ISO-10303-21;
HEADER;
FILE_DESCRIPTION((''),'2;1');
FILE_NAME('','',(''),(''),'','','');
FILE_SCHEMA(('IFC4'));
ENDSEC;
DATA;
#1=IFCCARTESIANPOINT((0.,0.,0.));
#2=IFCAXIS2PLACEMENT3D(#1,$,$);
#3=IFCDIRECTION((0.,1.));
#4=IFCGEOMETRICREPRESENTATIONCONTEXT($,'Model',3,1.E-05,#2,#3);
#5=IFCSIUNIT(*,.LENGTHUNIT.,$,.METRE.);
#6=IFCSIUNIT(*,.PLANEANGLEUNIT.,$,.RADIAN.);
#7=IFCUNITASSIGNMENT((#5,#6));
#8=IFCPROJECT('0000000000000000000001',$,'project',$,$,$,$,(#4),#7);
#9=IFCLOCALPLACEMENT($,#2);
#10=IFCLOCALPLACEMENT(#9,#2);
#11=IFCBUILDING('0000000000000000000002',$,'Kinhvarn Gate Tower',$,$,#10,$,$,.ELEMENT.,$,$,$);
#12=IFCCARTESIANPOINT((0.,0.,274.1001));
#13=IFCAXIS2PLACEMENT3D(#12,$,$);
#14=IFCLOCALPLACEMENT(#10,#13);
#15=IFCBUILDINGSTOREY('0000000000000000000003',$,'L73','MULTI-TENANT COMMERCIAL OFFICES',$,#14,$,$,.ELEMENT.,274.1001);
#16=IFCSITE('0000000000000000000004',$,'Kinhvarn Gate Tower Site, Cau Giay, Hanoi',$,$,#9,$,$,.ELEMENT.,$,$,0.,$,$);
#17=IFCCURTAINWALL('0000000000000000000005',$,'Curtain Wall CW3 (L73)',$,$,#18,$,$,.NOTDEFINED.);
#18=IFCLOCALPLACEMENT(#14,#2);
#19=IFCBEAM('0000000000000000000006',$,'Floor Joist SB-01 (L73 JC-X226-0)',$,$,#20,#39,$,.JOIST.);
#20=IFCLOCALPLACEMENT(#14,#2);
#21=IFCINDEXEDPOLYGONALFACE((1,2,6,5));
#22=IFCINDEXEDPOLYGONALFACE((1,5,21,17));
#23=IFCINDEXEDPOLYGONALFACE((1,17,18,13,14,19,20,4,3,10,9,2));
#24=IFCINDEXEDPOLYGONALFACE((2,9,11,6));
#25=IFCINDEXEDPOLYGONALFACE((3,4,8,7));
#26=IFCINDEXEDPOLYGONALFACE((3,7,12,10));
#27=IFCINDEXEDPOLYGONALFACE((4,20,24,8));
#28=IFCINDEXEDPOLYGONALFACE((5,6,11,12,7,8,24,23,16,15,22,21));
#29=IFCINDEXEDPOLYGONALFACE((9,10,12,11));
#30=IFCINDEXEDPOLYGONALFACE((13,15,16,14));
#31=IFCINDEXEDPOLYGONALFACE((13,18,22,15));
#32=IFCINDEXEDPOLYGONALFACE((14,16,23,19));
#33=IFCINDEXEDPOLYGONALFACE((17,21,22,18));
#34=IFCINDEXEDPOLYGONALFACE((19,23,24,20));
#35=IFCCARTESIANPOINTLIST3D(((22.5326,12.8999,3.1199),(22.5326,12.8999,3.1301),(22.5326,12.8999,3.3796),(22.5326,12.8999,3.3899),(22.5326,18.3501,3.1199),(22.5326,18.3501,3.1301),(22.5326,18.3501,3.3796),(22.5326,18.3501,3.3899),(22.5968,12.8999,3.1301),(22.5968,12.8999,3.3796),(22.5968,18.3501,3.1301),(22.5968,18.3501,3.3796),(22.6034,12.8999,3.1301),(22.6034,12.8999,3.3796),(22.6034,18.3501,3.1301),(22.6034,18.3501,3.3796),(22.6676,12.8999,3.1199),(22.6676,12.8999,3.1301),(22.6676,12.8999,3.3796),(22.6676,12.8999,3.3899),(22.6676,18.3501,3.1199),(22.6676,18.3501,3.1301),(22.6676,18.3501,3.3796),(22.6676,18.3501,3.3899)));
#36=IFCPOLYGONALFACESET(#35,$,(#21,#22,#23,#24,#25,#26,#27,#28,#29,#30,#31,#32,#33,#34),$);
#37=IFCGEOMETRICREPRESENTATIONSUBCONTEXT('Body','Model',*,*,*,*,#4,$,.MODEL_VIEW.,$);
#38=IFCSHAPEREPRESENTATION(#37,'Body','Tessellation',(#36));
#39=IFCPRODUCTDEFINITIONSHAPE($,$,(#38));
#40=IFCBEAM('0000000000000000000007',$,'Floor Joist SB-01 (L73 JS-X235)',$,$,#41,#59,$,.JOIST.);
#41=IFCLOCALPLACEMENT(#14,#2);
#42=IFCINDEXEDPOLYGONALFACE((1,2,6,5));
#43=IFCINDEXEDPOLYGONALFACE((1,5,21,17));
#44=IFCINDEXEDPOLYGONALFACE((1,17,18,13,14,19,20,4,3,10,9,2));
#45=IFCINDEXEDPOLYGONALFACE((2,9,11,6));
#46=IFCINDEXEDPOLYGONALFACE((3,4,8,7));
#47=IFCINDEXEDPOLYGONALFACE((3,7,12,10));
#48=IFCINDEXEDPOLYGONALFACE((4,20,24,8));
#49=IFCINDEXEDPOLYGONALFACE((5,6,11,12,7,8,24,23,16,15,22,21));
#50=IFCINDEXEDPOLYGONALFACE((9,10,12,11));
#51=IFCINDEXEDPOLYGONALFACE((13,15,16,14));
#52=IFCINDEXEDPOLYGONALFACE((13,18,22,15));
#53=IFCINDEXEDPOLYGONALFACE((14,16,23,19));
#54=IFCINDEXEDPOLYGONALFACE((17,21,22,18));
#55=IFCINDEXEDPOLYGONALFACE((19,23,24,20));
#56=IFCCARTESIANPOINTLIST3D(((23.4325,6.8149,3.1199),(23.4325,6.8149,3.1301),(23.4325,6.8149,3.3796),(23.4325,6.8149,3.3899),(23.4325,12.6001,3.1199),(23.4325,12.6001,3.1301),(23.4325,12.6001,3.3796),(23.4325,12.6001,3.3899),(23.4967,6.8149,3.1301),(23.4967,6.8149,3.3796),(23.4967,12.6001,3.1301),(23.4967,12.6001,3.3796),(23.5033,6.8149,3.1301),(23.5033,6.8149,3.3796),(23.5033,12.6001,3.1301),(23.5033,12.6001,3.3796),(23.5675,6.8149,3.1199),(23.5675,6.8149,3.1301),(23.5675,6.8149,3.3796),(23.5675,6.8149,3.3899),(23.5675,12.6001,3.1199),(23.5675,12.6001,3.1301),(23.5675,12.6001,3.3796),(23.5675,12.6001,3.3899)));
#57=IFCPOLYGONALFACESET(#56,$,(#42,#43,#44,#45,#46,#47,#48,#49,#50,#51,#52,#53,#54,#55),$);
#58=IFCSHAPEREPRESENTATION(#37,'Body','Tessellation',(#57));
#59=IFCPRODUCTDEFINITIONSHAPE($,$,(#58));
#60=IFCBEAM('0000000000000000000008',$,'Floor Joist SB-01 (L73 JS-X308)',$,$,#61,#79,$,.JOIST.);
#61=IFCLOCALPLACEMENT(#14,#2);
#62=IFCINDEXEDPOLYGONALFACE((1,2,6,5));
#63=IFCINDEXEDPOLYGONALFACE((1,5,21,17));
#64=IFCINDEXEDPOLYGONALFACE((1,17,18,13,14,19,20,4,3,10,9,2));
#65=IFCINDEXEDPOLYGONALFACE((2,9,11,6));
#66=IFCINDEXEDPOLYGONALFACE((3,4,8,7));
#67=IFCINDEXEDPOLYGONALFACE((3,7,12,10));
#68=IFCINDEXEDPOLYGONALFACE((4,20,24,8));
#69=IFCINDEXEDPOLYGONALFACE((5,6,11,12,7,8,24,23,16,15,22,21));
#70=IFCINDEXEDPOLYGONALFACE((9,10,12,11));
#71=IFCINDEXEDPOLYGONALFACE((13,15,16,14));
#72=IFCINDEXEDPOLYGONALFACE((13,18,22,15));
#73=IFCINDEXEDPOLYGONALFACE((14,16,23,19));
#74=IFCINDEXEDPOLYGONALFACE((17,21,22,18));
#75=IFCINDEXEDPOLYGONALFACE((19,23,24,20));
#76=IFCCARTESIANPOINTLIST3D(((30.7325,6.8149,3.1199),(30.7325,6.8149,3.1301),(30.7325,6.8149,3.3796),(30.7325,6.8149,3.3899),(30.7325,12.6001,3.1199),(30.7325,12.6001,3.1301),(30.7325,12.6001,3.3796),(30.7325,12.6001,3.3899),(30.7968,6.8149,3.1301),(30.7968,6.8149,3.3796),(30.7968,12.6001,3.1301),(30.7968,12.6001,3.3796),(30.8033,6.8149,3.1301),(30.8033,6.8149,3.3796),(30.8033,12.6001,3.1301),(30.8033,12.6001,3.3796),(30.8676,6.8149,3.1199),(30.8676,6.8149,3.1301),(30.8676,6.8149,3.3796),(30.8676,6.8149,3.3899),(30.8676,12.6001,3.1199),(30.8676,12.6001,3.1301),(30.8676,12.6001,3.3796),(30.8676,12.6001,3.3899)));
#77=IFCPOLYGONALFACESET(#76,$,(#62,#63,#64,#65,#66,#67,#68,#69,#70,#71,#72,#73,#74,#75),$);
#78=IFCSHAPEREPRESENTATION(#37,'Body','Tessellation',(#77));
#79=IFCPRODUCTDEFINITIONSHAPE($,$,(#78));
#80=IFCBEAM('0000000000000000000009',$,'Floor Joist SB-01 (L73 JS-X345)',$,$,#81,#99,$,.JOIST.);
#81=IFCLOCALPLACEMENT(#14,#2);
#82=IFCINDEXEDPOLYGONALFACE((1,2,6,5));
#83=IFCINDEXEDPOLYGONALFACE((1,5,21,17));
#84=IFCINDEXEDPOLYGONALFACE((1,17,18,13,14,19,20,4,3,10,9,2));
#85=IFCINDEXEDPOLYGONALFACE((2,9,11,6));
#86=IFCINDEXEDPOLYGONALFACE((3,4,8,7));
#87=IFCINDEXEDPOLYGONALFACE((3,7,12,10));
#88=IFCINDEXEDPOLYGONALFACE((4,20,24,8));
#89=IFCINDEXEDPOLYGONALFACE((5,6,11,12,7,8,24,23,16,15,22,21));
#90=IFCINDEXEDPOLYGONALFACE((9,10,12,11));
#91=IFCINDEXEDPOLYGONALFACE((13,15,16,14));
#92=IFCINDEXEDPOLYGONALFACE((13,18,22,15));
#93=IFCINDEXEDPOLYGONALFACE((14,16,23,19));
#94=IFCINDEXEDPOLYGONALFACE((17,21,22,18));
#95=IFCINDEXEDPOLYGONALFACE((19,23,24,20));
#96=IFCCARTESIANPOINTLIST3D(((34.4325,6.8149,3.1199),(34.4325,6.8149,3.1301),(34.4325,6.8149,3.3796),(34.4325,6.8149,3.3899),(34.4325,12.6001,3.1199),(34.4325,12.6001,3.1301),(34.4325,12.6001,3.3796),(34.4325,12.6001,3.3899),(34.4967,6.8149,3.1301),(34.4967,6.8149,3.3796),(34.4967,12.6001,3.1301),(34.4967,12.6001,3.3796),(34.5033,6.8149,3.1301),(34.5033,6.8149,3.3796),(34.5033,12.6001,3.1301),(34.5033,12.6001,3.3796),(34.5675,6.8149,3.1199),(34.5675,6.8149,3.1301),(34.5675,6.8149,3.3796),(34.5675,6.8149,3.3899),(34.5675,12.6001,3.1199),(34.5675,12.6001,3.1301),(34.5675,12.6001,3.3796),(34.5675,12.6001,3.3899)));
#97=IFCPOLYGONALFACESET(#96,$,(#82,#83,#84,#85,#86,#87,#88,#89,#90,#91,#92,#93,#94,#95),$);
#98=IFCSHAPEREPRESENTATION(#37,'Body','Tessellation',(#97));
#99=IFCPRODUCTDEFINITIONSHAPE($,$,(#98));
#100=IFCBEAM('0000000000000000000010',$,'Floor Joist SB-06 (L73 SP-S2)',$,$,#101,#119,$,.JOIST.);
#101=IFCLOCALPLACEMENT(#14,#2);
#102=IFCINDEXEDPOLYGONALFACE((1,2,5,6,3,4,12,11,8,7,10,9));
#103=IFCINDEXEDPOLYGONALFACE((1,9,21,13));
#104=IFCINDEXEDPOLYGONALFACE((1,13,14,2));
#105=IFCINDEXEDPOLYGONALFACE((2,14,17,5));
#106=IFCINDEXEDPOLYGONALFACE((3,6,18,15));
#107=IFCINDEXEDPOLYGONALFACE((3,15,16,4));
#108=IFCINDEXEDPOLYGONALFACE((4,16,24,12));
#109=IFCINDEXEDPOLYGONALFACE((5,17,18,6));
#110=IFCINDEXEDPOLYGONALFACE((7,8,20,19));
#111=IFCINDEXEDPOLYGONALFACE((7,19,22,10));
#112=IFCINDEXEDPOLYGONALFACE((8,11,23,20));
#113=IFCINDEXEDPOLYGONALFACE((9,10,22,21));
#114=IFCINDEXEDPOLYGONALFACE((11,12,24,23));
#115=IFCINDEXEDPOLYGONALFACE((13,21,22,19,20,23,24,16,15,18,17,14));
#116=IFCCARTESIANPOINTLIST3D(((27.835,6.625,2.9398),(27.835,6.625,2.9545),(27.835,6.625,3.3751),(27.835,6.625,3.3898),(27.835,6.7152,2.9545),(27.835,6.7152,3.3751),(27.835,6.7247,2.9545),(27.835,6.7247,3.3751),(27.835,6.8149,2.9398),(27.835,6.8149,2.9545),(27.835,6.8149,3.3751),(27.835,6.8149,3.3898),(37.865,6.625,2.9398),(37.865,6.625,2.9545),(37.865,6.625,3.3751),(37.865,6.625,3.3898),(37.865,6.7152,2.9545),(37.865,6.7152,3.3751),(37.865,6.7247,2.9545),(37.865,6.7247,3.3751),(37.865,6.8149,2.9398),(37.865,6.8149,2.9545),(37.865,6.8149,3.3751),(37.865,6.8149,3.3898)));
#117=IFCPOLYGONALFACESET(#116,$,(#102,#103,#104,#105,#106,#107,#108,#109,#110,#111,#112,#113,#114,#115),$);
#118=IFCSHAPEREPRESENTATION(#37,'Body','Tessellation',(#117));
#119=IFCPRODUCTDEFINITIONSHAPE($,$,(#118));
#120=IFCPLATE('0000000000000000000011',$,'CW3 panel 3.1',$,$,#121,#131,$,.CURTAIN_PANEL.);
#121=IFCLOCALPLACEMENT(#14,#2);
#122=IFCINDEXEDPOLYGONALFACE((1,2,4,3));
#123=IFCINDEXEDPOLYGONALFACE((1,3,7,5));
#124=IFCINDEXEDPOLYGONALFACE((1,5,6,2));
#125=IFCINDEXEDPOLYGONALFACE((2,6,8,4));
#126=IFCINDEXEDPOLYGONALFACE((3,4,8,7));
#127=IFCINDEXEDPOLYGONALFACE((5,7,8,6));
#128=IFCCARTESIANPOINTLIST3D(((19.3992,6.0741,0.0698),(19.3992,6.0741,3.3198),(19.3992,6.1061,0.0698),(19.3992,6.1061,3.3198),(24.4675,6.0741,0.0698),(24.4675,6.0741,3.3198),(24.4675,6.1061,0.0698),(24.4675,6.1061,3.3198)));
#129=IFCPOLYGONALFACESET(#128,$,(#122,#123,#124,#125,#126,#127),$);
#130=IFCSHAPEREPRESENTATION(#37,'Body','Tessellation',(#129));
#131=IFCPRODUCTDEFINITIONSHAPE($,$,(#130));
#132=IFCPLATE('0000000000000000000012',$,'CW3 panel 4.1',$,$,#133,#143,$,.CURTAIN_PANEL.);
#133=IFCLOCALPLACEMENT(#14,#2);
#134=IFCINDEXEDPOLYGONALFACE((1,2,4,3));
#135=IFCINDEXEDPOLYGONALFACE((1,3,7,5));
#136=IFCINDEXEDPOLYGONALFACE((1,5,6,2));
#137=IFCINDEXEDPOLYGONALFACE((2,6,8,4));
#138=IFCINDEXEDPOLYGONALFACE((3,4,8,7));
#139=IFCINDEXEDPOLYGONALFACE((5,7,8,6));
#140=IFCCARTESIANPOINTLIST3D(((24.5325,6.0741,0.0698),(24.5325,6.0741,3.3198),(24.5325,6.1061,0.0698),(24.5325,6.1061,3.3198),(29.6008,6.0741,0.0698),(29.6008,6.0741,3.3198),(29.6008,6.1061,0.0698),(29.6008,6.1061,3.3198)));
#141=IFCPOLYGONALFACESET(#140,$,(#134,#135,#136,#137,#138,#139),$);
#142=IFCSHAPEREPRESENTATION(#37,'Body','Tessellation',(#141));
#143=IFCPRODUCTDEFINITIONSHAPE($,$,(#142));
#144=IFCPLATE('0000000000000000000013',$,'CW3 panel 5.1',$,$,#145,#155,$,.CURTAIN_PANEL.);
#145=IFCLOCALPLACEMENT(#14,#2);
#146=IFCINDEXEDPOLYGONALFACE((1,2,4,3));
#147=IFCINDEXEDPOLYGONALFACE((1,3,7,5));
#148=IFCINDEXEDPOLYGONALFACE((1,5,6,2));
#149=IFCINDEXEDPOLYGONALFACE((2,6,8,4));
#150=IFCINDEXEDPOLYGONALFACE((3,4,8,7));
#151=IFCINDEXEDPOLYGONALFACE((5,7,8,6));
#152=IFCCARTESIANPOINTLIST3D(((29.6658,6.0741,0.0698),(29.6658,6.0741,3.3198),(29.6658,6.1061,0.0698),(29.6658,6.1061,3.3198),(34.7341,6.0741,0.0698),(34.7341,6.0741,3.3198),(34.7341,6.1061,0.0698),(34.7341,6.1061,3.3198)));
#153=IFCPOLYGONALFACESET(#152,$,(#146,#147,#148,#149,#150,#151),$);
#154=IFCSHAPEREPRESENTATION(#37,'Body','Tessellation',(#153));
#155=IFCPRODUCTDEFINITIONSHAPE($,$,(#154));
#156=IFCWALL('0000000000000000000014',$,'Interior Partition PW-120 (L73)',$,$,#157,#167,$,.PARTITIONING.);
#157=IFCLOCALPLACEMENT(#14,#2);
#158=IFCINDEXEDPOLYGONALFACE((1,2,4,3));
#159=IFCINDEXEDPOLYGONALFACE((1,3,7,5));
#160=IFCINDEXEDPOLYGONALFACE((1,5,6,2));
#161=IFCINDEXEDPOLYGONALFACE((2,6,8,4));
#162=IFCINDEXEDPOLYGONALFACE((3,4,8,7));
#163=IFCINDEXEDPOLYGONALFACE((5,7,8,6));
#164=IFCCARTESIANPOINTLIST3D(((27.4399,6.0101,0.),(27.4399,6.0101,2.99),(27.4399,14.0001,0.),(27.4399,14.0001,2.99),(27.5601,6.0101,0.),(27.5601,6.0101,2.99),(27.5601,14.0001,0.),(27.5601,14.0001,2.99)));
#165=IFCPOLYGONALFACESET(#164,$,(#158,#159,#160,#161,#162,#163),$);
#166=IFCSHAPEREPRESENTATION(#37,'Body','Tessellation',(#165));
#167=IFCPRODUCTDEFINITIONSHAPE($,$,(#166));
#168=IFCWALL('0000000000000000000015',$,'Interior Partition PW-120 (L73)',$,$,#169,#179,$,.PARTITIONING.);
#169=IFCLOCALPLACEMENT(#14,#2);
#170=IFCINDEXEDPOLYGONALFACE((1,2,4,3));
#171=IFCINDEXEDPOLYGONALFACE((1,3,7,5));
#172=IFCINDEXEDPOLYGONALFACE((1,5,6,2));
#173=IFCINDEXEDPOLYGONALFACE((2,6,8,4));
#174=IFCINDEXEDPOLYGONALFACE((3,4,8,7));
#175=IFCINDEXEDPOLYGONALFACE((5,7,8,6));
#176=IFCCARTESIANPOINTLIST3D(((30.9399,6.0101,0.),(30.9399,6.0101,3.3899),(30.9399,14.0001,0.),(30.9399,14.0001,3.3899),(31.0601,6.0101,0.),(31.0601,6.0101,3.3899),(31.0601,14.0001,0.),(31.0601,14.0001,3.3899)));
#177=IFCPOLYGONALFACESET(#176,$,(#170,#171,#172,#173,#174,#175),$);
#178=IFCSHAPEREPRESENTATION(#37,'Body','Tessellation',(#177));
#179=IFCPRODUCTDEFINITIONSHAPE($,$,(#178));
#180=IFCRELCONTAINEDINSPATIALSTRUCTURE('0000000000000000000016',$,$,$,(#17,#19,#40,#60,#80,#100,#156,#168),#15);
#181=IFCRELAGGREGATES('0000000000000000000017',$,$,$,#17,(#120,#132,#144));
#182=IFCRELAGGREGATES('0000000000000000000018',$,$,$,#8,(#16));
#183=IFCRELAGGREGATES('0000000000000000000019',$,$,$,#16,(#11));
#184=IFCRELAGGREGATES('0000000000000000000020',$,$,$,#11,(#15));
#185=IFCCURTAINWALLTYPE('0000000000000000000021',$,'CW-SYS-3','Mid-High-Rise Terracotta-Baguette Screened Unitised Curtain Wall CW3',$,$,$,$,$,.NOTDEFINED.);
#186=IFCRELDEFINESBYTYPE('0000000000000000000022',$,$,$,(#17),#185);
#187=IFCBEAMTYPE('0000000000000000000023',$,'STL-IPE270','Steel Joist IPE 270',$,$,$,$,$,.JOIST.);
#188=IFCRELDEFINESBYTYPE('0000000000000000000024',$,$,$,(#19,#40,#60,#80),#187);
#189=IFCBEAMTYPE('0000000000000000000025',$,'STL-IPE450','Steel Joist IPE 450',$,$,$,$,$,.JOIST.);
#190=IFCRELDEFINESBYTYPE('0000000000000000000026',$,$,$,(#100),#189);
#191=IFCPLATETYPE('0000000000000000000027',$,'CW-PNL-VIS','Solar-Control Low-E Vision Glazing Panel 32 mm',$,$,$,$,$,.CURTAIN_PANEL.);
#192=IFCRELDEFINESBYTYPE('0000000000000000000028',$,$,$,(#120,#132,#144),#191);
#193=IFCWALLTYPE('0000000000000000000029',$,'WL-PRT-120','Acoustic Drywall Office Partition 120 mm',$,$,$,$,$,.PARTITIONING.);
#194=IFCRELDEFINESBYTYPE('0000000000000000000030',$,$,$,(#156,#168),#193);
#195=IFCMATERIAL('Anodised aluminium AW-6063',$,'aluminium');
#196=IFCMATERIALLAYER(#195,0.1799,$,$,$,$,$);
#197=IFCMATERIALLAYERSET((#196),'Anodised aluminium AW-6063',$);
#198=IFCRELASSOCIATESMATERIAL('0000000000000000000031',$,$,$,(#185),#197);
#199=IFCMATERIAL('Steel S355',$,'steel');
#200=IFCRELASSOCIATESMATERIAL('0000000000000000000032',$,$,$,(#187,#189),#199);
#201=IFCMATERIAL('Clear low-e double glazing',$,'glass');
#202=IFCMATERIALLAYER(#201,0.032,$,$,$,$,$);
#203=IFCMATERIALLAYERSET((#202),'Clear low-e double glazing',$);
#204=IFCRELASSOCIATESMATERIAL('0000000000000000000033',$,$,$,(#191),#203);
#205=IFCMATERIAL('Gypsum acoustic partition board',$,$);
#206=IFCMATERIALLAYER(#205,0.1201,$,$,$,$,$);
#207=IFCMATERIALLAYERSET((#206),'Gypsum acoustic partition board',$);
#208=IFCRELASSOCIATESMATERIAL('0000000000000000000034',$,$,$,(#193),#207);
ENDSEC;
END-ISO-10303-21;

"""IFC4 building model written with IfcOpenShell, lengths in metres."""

from ifc_helpers import new_model, si_unit, direction, frame, frame_2d, origin, origin_2d, place, context, subcontext, project, spatial, rectangle, i_section, extrude, material, layer, layer_set, material_profile, profile_set, type_object, element, aggregate, save


model = new_model("IFC4")

# Units and contexts
model_context = context("Model", 3, precision=1e-05, world=origin(), true_north=direction((0.0, 1.0)))
body_context = subcontext(model_context, "Body", "Model", "MODEL_VIEW")
ifc_project = project(units=[si_unit("LENGTHUNIT", "METRE"), si_unit("PLANEANGLEUNIT", "RADIAN")], contexts=[model_context])

# Site, building, storey
site_placement = place(None, origin())
site = spatial("IfcSite", under=ifc_project, at=site_placement, Name="Kinhvarn Gate Tower Site, Cau Giay, Hanoi", CompositionType="ELEMENT", RefElevation=0.0)
building_placement = place(site_placement, origin())
building = spatial("IfcBuilding", under=site, at=building_placement, Name="Kinhvarn Gate Tower", CompositionType="ELEMENT")
storey_placement = place(building_placement, frame((0.0, 0.0, 274.1001)))
storey = spatial("IfcBuildingStorey", under=building, at=storey_placement, Name="L73", Description="MULTI-TENANT COMMERCIAL OFFICES", CompositionType="ELEMENT", Elevation=274.1001)

# Curtain wall
ifc_material_1 = material(Name="Anodised aluminium AW-6063", Category="aluminium")
ifc_layer_1 = layer(ifc_material_1, 0.1799)
ifc_layer_set_1 = layer_set([ifc_layer_1], Name="Anodised aluminium AW-6063")
curtain_wall_type = type_object("IfcCurtainWallType", Name="CW-SYS-3", Description="Mid-High-Rise Terracotta-Baguette Screened Unitised Curtain Wall CW3", PredefinedType="NOTDEFINED", material=ifc_layer_set_1)
curtain_wall_placement = place(storey_placement, origin())
curtain_wall = element("IfcCurtainWall", 1, at=curtain_wall_placement, inside=storey, type_object=curtain_wall_type, Name="Curtain Wall CW3 (L73)", PredefinedType="NOTDEFINED")

# Beams
ifc_material_2 = material(Name="Steel S355", Category="steel")
ifc_material_profile_1 = material_profile(ifc_material_2, i_section(OverallWidth=0.135, OverallDepth=0.27, WebThickness=0.0066, FlangeThickness=0.0103, at=origin_2d()), Name="IPE 270")
ifc_profile_set_1 = profile_set([ifc_material_profile_1], Name="Steel S355")
beam_type_1 = type_object("IfcBeamType", Name="STL-IPE270", Description="Steel Joist IPE 270", PredefinedType="JOIST", material=ifc_profile_set_1)
for number, where, z_axis, x_axis, name in (
    (2, (22.6001, 12.8999, 3.2549), (0.0, 1.0, 0.0), (-1.0, 0.0, 0.0), "Floor Joist SB-01 (L73 JC-X226-0)"),
):
    element("IfcBeam", number, at=place(storey_placement, frame(where, z_axis=z_axis, x_axis=x_axis)), inside=storey, type_object=beam_type_1, Name=name, PredefinedType="JOIST", context=body_context, shape_type="SweptSolid", body=[
        extrude(i_section(OverallWidth=0.135, OverallDepth=0.27, WebThickness=0.0066, FlangeThickness=0.0103, at=origin_2d()), origin(), (0.0, 0.0, 1.0), 5.4502),
    ])
for number, where, z_axis, x_axis, name in (
    (3, (23.5, 6.8149, 3.2549), (0.0, 1.0, 0.0), (-1.0, 0.0, 0.0), "Floor Joist SB-01 (L73 JS-X235)"),
    (4, (30.8, 6.8149, 3.2549), (0.0, 1.0, 0.0), (-1.0, 0.0, 0.0), "Floor Joist SB-01 (L73 JS-X308)"),
    (5, (34.5, 6.8149, 3.2549), (0.0, 1.0, 0.0), (-1.0, 0.0, 0.0), "Floor Joist SB-01 (L73 JS-X345)"),
):
    element("IfcBeam", number, at=place(storey_placement, frame(where, z_axis=z_axis, x_axis=x_axis)), inside=storey, type_object=beam_type_1, Name=name, PredefinedType="JOIST", context=body_context, shape_type="SweptSolid", body=[
        extrude(i_section(OverallWidth=0.135, OverallDepth=0.27, WebThickness=0.0066, FlangeThickness=0.0103, at=origin_2d()), origin(), (0.0, 0.0, 1.0), 5.7852),
    ])
ifc_material_profile_2 = material_profile(ifc_material_2, i_section(OverallWidth=0.1899, OverallDepth=0.45, WebThickness=0.0095, FlangeThickness=0.0146, at=origin_2d()), Name="IPE 450")
ifc_profile_set_2 = profile_set([ifc_material_profile_2], Name="Steel S355")
beam_type_2 = type_object("IfcBeamType", Name="STL-IPE450", Description="Steel Joist IPE 450", PredefinedType="JOIST", material=ifc_profile_set_2)
beam_1_placement = place(storey_placement, frame((27.835, 6.72, 3.1648), z_axis=(1.0, 0.0, 0.0), x_axis=(0.0, 1.0, 0.0)))
element("IfcBeam", 6, at=beam_1_placement, inside=storey, type_object=beam_type_2, Name="Floor Joist SB-06 (L73 SP-S2)", PredefinedType="JOIST", context=body_context, shape_type="SweptSolid", body=[
    extrude(i_section(OverallWidth=0.1899, OverallDepth=0.45, WebThickness=0.0095, FlangeThickness=0.0146, at=origin_2d()), origin(), (0.0, 0.0, 1.0), 10.03),
])

# Plates
ifc_material_3 = material(Name="Clear low-e double glazing", Category="glass")
ifc_layer_2 = layer(ifc_material_3, 0.032)
ifc_layer_set_2 = layer_set([ifc_layer_2], Name="Clear low-e double glazing")
plate_type = type_object("IfcPlateType", Name="CW-PNL-VIS", Description="Solar-Control Low-E Vision Glazing Panel 32 mm", PredefinedType="CURTAIN_PANEL", material=ifc_layer_set_2)
plate_1_placement = place(storey_placement, frame((21.9333, 6.0901, 0.0698), z_axis=(0.0, 0.0, 1.0), x_axis=(1.0, 0.0, 0.0)))
plate_1 = element("IfcPlate", 7, at=plate_1_placement, type_object=plate_type, Name="CW3 panel 3.1", PredefinedType="CURTAIN_PANEL", context=body_context, shape_type="SweptSolid", body=[
    extrude(rectangle(XDim=5.0684, YDim=0.032, at=origin_2d()), origin(), (0.0, 0.0, 1.0), 3.25),
])
plate_2_placement = place(storey_placement, frame((27.0667, 6.0901, 0.0698), z_axis=(0.0, 0.0, 1.0), x_axis=(1.0, 0.0, 0.0)))
plate_2 = element("IfcPlate", 8, at=plate_2_placement, type_object=plate_type, Name="CW3 panel 4.1", PredefinedType="CURTAIN_PANEL", context=body_context, shape_type="SweptSolid", body=[
    extrude(rectangle(XDim=5.0684, YDim=0.032, at=origin_2d()), origin(), (0.0, 0.0, 1.0), 3.25),
])
plate_3_placement = place(storey_placement, frame((32.2, 6.0901, 0.0698), z_axis=(0.0, 0.0, 1.0), x_axis=(1.0, 0.0, 0.0)))
plate_3 = element("IfcPlate", 9, at=plate_3_placement, type_object=plate_type, Name="CW3 panel 5.1", PredefinedType="CURTAIN_PANEL", context=body_context, shape_type="SweptSolid", body=[
    extrude(rectangle(XDim=5.0684, YDim=0.032, at=origin_2d()), origin(), (0.0, 0.0, 1.0), 3.25),
])
aggregate(curtain_wall, [plate_1, plate_2, plate_3])

# Walls
ifc_material_4 = material(Name="Gypsum acoustic partition board")
ifc_layer_3 = layer(ifc_material_4, 0.1201)
ifc_layer_set_3 = layer_set([ifc_layer_3], Name="Gypsum acoustic partition board")
wall_type = type_object("IfcWallType", Name="WL-PRT-120", Description="Acoustic Drywall Office Partition 120 mm", PredefinedType="PARTITIONING", material=ifc_layer_set_3)
wall_1_placement = place(storey_placement, frame((27.5, 6.01, 0.0), z_axis=(0.0, 0.0, 1.0), x_axis=(0.0, 1.0, 0.0)))
element("IfcWall", 10, at=wall_1_placement, inside=storey, type_object=wall_type, Name="Interior Partition PW-120 (L73)", PredefinedType="PARTITIONING", context=body_context, shape_type="SweptSolid", body=[
    extrude(rectangle(XDim=7.99, YDim=0.1201, at=frame_2d((3.9951, 0.0))), origin(), (0.0, 0.0, 1.0), 2.99),
])
wall_2_placement = place(storey_placement, frame((31.0, 6.01, 0.0), z_axis=(0.0, 0.0, 1.0), x_axis=(0.0, 1.0, 0.0)))
element("IfcWall", 11, at=wall_2_placement, inside=storey, type_object=wall_type, Name="Interior Partition PW-120 (L73)", PredefinedType="PARTITIONING", context=body_context, shape_type="SweptSolid", body=[
    extrude(rectangle(XDim=7.99, YDim=0.1201, at=frame_2d((3.9951, 0.0))), origin(), (0.0, 0.0, 1.0), 3.3899),
])

save(model, "model.ifc")
